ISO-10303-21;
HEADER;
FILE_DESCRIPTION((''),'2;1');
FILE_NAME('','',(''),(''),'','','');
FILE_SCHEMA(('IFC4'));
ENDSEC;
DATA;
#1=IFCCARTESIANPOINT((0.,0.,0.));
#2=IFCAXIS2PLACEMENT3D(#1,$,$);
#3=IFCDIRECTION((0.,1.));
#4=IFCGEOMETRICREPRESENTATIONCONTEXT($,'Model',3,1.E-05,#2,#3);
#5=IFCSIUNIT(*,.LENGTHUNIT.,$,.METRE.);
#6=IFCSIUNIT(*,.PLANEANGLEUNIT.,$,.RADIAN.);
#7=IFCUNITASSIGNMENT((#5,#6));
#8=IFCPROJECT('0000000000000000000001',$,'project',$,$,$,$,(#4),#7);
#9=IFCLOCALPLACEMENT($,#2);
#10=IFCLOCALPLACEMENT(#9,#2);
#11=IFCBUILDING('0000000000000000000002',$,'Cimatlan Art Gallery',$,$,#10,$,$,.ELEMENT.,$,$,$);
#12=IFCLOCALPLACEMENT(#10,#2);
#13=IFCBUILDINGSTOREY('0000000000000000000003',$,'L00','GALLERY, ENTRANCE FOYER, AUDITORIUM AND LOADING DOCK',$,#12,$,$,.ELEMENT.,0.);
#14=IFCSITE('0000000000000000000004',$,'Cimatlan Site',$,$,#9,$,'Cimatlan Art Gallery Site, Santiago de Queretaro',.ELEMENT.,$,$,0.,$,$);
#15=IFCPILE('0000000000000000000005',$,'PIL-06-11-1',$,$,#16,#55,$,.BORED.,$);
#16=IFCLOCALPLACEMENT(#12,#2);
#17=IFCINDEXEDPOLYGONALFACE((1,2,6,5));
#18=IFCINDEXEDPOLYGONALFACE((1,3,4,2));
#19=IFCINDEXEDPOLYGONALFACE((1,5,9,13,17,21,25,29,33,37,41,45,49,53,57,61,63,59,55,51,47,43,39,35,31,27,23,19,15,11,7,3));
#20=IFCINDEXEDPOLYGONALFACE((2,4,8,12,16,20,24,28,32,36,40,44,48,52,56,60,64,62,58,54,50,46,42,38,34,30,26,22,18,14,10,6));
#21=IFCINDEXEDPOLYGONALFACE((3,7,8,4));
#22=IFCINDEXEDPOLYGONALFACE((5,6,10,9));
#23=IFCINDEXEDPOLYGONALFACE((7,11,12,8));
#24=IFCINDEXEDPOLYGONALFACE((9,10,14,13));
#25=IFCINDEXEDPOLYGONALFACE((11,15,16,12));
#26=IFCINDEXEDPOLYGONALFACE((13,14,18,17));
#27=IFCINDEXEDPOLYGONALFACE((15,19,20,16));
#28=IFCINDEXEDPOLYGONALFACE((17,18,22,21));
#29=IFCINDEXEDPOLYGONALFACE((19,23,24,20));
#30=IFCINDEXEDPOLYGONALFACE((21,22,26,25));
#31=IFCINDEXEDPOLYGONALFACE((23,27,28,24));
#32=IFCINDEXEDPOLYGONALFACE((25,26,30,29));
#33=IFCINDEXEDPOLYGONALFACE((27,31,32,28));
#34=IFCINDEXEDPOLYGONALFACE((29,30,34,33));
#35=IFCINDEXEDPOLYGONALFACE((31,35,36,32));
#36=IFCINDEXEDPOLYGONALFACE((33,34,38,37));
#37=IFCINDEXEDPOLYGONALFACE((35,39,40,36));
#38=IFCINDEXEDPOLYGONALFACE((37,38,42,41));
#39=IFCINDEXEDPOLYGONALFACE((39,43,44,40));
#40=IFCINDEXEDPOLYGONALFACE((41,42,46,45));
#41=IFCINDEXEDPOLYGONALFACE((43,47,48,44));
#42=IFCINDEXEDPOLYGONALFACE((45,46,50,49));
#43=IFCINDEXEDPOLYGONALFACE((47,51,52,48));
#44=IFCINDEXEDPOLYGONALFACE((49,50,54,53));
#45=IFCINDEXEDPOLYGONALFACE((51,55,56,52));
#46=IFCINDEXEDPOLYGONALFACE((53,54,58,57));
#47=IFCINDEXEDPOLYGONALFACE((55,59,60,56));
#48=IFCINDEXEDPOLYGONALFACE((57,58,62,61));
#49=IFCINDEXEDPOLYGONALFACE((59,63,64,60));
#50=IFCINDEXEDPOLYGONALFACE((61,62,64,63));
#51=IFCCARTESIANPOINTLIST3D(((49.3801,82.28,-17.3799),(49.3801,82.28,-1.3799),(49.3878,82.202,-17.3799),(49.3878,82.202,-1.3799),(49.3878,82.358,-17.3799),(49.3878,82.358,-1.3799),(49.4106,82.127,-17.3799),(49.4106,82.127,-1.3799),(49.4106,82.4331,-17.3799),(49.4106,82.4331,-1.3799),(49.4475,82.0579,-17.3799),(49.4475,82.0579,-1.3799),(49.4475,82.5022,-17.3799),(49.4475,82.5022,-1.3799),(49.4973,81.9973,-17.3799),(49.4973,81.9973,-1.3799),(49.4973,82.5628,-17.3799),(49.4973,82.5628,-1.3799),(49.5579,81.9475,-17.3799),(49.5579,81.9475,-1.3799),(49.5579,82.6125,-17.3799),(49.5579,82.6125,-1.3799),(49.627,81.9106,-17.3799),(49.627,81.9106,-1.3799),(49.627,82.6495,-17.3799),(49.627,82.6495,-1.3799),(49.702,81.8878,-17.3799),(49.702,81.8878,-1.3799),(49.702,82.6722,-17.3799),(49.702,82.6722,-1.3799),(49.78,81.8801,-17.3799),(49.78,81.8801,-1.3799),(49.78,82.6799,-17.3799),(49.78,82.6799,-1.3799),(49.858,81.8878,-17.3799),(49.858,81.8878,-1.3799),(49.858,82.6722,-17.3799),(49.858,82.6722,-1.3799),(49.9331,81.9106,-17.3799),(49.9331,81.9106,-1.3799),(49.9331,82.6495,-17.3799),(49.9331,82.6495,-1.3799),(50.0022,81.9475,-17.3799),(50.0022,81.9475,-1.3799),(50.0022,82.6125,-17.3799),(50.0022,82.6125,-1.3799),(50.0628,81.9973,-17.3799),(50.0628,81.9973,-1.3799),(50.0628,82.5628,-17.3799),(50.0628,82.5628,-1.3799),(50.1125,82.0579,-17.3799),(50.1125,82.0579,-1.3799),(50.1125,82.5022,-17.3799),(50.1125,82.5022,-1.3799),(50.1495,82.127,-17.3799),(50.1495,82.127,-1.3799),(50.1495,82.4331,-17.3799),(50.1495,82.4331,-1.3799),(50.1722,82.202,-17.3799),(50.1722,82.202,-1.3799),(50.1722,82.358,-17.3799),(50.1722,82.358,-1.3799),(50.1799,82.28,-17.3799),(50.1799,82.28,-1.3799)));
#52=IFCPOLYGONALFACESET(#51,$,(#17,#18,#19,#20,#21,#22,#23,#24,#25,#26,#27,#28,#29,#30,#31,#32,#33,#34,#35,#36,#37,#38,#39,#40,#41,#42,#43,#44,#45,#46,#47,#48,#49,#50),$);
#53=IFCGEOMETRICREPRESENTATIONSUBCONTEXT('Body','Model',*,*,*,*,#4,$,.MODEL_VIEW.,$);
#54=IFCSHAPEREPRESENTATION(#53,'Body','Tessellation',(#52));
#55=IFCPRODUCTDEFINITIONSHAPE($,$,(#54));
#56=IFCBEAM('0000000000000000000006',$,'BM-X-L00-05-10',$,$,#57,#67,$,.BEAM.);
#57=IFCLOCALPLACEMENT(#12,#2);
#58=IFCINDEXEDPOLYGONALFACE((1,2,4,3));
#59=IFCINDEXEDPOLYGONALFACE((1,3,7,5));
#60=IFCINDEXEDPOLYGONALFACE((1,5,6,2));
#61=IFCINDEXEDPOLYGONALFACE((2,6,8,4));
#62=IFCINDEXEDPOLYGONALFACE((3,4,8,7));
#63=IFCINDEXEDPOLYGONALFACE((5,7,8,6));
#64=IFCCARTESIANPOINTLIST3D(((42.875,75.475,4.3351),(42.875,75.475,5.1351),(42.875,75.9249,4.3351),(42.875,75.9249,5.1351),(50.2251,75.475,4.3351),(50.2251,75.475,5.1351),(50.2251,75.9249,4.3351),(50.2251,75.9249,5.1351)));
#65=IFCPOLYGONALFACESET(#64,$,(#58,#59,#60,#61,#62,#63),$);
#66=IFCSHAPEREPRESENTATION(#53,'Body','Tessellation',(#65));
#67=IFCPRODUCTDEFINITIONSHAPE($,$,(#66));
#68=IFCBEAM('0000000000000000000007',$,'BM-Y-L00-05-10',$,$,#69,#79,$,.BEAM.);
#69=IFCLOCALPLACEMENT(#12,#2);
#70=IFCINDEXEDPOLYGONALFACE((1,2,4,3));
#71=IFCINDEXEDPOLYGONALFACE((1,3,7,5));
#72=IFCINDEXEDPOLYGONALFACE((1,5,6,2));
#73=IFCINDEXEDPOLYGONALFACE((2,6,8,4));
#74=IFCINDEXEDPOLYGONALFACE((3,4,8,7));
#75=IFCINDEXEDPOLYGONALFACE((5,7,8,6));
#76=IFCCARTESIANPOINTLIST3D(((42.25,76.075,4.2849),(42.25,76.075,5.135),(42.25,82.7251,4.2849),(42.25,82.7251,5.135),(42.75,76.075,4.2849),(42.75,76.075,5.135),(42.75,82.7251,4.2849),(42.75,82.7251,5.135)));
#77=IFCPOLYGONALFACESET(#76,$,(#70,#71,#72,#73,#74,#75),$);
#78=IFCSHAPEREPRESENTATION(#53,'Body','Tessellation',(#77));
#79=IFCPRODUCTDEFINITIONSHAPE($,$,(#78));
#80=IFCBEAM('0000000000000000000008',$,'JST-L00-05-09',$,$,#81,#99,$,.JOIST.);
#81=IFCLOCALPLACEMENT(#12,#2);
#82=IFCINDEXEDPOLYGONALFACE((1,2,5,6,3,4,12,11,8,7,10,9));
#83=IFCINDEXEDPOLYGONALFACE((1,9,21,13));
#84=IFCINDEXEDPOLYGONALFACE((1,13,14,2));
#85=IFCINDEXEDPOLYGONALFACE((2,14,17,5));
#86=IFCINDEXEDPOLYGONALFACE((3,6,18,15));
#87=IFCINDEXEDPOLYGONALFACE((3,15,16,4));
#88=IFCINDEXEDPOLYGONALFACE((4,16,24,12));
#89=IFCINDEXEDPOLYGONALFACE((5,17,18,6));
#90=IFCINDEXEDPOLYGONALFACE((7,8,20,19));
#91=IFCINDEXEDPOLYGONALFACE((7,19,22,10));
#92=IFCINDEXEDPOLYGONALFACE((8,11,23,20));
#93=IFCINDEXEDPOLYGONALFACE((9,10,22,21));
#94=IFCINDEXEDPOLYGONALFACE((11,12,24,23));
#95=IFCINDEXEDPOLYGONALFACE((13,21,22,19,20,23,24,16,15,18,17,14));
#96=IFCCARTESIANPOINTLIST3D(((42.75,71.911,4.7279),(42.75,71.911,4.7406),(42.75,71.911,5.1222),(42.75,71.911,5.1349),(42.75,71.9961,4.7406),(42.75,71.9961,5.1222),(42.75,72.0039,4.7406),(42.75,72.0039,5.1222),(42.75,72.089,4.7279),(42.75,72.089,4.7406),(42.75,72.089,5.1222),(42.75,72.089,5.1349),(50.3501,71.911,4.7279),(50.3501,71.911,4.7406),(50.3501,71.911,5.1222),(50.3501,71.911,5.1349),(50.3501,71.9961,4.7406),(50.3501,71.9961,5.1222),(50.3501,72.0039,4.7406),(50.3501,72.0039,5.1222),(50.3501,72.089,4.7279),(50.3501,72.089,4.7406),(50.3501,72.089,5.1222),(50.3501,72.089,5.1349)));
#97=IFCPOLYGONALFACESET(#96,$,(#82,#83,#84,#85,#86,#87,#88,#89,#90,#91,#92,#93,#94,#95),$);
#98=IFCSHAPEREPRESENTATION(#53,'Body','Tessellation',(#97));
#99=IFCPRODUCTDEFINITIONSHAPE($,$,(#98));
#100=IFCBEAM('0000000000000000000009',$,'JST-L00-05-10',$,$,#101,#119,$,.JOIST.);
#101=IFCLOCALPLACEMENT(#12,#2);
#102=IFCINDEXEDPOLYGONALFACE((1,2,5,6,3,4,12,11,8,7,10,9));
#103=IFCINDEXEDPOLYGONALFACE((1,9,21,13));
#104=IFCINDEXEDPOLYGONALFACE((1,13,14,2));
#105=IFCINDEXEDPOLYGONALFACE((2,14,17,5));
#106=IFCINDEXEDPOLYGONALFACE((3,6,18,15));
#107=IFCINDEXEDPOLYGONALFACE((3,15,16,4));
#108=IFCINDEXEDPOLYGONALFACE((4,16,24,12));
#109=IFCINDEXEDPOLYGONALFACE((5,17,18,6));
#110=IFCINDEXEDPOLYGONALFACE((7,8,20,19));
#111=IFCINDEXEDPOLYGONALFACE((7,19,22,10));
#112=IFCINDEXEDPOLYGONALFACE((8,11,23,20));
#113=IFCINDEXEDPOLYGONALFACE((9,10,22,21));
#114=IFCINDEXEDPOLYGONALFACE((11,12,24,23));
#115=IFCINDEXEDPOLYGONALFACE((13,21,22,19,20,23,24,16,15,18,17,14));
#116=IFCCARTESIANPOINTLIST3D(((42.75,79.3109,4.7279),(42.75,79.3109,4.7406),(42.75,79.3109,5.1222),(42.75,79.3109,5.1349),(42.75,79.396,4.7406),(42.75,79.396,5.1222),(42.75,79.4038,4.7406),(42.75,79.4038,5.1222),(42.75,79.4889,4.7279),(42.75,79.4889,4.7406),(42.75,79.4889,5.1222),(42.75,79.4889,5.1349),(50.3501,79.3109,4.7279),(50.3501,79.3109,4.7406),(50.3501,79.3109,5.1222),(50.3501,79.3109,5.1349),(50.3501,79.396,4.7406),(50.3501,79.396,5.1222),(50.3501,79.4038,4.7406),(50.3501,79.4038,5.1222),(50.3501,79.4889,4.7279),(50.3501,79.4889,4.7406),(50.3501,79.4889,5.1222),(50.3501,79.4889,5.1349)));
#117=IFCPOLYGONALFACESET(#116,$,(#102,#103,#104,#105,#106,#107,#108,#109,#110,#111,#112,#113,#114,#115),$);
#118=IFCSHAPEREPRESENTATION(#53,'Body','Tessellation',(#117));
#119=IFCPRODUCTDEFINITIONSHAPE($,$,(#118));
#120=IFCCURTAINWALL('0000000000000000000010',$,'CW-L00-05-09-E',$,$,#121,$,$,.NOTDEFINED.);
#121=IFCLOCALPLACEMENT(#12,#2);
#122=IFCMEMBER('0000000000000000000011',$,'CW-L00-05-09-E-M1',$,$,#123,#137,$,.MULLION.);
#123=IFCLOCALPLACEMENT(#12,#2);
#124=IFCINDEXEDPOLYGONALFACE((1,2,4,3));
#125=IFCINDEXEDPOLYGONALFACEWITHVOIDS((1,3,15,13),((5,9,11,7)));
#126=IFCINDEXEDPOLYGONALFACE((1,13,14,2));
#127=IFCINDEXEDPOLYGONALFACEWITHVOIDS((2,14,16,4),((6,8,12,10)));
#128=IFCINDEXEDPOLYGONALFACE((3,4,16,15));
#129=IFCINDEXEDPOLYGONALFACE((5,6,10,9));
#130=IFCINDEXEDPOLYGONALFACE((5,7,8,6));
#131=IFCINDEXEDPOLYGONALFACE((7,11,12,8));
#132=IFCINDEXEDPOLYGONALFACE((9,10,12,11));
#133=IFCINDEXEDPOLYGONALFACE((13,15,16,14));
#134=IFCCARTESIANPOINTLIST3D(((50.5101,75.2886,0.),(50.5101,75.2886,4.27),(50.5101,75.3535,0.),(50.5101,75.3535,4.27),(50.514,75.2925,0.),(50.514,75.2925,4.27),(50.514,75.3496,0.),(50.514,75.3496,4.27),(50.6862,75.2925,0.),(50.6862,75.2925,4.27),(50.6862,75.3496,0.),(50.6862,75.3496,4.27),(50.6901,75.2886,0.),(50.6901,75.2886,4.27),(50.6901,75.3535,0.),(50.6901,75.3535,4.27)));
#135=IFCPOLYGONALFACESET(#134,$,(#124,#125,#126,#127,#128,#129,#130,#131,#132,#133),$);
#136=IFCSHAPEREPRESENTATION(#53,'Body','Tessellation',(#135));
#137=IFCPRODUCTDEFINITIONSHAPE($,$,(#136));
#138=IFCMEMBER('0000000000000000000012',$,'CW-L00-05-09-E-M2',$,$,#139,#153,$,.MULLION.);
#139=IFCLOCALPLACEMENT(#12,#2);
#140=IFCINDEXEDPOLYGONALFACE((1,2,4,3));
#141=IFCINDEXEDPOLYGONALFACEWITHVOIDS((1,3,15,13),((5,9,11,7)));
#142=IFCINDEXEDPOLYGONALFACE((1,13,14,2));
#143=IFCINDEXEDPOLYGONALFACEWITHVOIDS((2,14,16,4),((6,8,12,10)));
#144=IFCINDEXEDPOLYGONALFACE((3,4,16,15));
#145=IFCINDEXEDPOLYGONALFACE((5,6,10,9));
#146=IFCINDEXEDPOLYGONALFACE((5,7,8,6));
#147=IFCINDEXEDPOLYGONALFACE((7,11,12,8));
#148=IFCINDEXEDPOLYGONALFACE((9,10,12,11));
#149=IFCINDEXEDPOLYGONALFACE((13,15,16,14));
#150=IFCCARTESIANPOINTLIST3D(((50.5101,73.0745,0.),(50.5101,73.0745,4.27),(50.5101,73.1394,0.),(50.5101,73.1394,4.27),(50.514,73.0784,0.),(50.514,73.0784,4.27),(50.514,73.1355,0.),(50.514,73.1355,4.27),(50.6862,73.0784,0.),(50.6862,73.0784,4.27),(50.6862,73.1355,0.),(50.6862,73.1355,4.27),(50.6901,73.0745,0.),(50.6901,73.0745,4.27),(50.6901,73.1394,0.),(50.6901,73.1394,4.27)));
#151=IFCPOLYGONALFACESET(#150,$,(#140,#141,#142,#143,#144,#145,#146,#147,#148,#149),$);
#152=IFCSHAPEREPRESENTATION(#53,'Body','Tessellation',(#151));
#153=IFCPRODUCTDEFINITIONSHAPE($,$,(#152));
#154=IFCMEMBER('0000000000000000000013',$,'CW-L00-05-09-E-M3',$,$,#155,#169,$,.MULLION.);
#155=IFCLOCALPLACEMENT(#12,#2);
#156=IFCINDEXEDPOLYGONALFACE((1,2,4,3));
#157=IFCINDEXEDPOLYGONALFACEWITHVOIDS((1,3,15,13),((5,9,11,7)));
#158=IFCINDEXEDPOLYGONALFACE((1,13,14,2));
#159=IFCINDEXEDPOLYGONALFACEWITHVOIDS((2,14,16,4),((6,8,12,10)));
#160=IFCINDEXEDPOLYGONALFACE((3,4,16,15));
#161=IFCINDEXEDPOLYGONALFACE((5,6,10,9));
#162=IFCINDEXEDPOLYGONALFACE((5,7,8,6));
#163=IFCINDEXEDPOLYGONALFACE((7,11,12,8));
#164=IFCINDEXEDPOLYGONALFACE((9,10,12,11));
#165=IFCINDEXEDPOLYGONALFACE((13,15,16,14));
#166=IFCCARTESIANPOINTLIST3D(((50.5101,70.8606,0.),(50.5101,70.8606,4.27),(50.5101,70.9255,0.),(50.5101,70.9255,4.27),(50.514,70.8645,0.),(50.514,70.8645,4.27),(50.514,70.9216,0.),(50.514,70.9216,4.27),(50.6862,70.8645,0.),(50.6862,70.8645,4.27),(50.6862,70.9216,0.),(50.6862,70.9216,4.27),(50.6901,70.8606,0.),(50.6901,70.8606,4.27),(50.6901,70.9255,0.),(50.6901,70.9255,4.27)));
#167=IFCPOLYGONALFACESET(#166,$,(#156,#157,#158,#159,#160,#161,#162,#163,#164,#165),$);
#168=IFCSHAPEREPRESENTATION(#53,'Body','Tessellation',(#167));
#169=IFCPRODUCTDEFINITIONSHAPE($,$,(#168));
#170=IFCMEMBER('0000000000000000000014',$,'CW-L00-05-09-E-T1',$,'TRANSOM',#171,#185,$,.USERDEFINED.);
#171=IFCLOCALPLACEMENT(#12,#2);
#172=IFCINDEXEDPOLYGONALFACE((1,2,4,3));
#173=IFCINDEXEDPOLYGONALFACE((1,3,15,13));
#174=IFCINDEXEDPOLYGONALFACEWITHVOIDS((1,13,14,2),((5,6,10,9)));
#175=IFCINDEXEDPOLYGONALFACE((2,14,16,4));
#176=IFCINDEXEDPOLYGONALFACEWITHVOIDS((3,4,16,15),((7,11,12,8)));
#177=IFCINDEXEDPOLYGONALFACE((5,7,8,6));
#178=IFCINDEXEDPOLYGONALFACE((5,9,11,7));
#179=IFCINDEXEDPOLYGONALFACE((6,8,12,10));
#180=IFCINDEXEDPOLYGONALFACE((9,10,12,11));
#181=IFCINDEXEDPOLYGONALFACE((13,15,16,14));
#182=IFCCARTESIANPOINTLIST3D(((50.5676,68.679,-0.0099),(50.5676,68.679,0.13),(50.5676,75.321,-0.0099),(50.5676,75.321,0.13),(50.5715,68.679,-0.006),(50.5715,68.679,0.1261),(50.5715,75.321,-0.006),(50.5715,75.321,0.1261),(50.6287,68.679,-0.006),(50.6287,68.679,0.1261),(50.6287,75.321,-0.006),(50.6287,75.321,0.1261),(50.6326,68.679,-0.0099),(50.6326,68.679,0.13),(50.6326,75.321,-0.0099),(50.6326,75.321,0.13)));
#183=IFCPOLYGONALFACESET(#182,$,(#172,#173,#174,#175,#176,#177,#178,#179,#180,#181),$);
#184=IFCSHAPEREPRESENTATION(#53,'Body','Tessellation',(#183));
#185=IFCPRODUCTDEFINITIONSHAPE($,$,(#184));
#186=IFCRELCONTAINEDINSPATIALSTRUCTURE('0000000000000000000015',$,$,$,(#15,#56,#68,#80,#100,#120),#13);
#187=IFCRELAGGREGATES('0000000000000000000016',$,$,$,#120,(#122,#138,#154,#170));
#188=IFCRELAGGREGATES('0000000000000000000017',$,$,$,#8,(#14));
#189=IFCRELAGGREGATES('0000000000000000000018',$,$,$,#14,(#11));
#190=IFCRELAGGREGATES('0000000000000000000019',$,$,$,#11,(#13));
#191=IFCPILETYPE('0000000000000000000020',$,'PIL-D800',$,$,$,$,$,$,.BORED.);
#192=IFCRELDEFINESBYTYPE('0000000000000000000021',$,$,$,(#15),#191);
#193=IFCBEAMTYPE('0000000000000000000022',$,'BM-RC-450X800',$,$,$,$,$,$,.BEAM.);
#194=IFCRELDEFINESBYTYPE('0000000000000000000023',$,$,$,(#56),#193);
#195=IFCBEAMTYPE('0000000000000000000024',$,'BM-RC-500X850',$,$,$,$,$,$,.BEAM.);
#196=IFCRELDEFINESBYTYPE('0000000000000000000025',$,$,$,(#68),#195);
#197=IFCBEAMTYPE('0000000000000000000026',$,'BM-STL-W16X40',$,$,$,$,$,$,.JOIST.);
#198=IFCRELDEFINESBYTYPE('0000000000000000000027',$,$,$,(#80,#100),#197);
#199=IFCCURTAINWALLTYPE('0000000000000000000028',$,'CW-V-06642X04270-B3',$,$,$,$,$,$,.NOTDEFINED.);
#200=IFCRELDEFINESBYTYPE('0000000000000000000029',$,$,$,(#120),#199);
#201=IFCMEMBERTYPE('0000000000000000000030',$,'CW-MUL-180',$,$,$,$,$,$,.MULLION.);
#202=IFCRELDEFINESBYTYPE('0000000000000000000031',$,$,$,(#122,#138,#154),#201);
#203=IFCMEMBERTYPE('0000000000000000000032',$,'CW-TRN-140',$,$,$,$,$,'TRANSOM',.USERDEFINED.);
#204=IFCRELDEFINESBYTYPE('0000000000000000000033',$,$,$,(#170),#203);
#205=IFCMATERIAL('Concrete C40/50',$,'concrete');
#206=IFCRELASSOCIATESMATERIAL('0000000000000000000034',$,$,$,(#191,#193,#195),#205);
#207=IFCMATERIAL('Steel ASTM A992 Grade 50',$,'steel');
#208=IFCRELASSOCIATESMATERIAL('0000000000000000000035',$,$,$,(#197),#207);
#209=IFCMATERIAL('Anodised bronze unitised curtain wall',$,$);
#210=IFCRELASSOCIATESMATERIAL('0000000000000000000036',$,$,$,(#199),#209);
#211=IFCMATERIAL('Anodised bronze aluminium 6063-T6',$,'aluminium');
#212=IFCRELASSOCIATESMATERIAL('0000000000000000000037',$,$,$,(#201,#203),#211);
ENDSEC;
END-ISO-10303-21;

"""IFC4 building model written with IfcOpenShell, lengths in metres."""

from ifc_helpers import new_model, si_unit, direction, frame, origin, origin_2d, place, context, subcontext, project, spatial, rectangle, hollow_rectangle, circle, i_section, extrude, material, material_profile, profile_set, type_object, element, aggregate, save


model = new_model("IFC4")

# Units and contexts
model_context = context("Model", 3, precision=1e-05, world=origin(), true_north=direction((0.0, 1.0)))
body_context = subcontext(model_context, "Body", "Model", "MODEL_VIEW")
ifc_project = project(units=[si_unit("LENGTHUNIT", "METRE"), si_unit("PLANEANGLEUNIT", "RADIAN")], contexts=[model_context])

# Site, building, storey
site_placement = place(None, origin())
site = spatial("IfcSite", under=ifc_project, at=site_placement, Name="Cimatlan Site", LongName="Cimatlan Art Gallery Site, Santiago de Queretaro", CompositionType="ELEMENT", RefElevation=0.0)
building_placement = place(site_placement, origin())
building = spatial("IfcBuilding", under=site, at=building_placement, Name="Cimatlan Art Gallery", CompositionType="ELEMENT")
storey_placement = place(building_placement, origin())
storey = spatial("IfcBuildingStorey", under=building, at=storey_placement, Name="L00", Description="GALLERY, ENTRANCE FOYER, AUDITORIUM AND LOADING DOCK", CompositionType="ELEMENT", Elevation=0.0)

# Pile
ifc_material_1 = material(Name="Concrete C40/50", Category="concrete")
pile_type = type_object("IfcPileType", Name="PIL-D800", PredefinedType="BORED", material=ifc_material_1)
for number, where, z_axis, x_axis, name in (
    (1, (49.78, 82.28, -1.3799), (0.0, 0.0, -1.0), (1.0, 0.0, 0.0), "PIL-06-11-1"),
):
    element("IfcPile", number, at=place(storey_placement, frame(where, z_axis=z_axis, x_axis=x_axis)), inside=storey, type_object=pile_type, Name=name, PredefinedType="BORED", context=body_context, shape_type="SweptSolid", body=[
        extrude(circle(Radius=0.3999, at=origin_2d()), origin(), (0.0, 0.0, 1.0), 16.0),
    ])

# Beams
ifc_material_profile_1 = material_profile(ifc_material_1, rectangle(XDim=0.45, YDim=0.8, at=origin_2d()), Name="RC450X800")
ifc_profile_set_1 = profile_set([ifc_material_profile_1], Name="Concrete C40/50")
beam_type_1 = type_object("IfcBeamType", Name="BM-RC-450X800", PredefinedType="BEAM", material=ifc_profile_set_1)
beam_1_placement = place(storey_placement, frame((42.875, 75.7, 4.7351), z_axis=(1.0, 0.0, 0.0), x_axis=(0.0, 1.0, 0.0)))
element("IfcBeam", 2, at=beam_1_placement, inside=storey, type_object=beam_type_1, Name="BM-X-L00-05-10", PredefinedType="BEAM", context=body_context, shape_type="SweptSolid", body=[
    extrude(rectangle(XDim=0.45, YDim=0.8, at=origin_2d()), origin(), (0.0, 0.0, 1.0), 7.3501),
])
ifc_material_profile_2 = material_profile(ifc_material_1, rectangle(XDim=0.5, YDim=0.8501, at=origin_2d()), Name="RC500X850")
ifc_profile_set_2 = profile_set([ifc_material_profile_2], Name="Concrete C40/50")
beam_type_2 = type_object("IfcBeamType", Name="BM-RC-500X850", PredefinedType="BEAM", material=ifc_profile_set_2)
beam_2_placement = place(storey_placement, frame((42.5, 76.075, 4.71), z_axis=(0.0, 1.0, 0.0), x_axis=(-1.0, 0.0, 0.0)))
element("IfcBeam", 3, at=beam_2_placement, inside=storey, type_object=beam_type_2, Name="BM-Y-L00-05-10", PredefinedType="BEAM", context=body_context, shape_type="SweptSolid", body=[
    extrude(rectangle(XDim=0.5, YDim=0.8501, at=origin_2d()), origin(), (0.0, 0.0, 1.0), 6.6501),
])
ifc_material_2 = material(Name="Steel ASTM A992 Grade 50", Category="steel")
ifc_material_profile_3 = material_profile(ifc_material_2, i_section(OverallWidth=0.178, OverallDepth=0.407, WebThickness=0.0078, FlangeThickness=0.0127, at=origin_2d()), Name="W16X40")
ifc_profile_set_3 = profile_set([ifc_material_profile_3], Name="Steel ASTM A992 Grade 50")
beam_type_3 = type_object("IfcBeamType", Name="BM-STL-W16X40", PredefinedType="JOIST", material=ifc_profile_set_3)
for number, where, z_axis, x_axis, name in (
    (4, (42.75, 72.0, 4.9314), (1.0, 0.0, 0.0), (0.0, 1.0, 0.0), "JST-L00-05-09"),
    (5, (42.75, 79.3999, 4.9314), (1.0, 0.0, 0.0), (0.0, 1.0, 0.0), "JST-L00-05-10"),
):
    element("IfcBeam", number, at=place(storey_placement, frame(where, z_axis=z_axis, x_axis=x_axis)), inside=storey, type_object=beam_type_3, Name=name, PredefinedType="JOIST", context=body_context, shape_type="SweptSolid", body=[
        extrude(i_section(OverallWidth=0.178, OverallDepth=0.407, WebThickness=0.0078, FlangeThickness=0.0127, at=origin_2d()), origin(), (0.0, 0.0, 1.0), 7.6001),
    ])

# Curtain wall, members
ifc_material_3 = material(Name="Anodised bronze unitised curtain wall")
curtain_wall_type = type_object("IfcCurtainWallType", Name="CW-V-06642X04270-B3", PredefinedType="NOTDEFINED", material=ifc_material_3)
curtain_wall_placement = place(storey_placement, origin())
curtain_wall = element("IfcCurtainWall", 6, at=curtain_wall_placement, inside=storey, type_object=curtain_wall_type, Name="CW-L00-05-09-E", PredefinedType="NOTDEFINED")
ifc_material_4 = material(Name="Anodised bronze aluminium 6063-T6", Category="aluminium")
ifc_material_profile_4 = material_profile(ifc_material_4, hollow_rectangle(XDim=0.0649, YDim=0.1799, WallThickness=0.0039, at=origin_2d()), Name="ALU65X180X4")
ifc_profile_set_4 = profile_set([ifc_material_profile_4], Name="Anodised bronze aluminium 6063-T6")
member_type_1 = type_object("IfcMemberType", Name="CW-MUL-180", PredefinedType="MULLION", material=ifc_profile_set_4)
member_1_placement = place(storey_placement, frame((50.6001, 75.321, 0.0), z_axis=(0.0, 0.0, 1.0), x_axis=(0.0, 1.0, 0.0)))
member_1 = element("IfcMember", 7, at=member_1_placement, type_object=member_type_1, Name="CW-L00-05-09-E-M1", PredefinedType="MULLION", context=body_context, shape_type="SweptSolid", body=[
    extrude(hollow_rectangle(XDim=0.0649, YDim=0.1799, WallThickness=0.0039, at=origin_2d()), origin(), (0.0, 0.0, 1.0), 4.27),
])
member_2_placement = place(storey_placement, frame((50.6001, 73.1069, 0.0), z_axis=(0.0, 0.0, 1.0), x_axis=(0.0, 1.0, 0.0)))
member_2 = element("IfcMember", 8, at=member_2_placement, type_object=member_type_1, Name="CW-L00-05-09-E-M2", PredefinedType="MULLION", context=body_context, shape_type="SweptSolid", body=[
    extrude(hollow_rectangle(XDim=0.0649, YDim=0.1799, WallThickness=0.0039, at=origin_2d()), origin(), (0.0, 0.0, 1.0), 4.27),
])
member_3_placement = place(storey_placement, frame((50.6001, 70.8931, 0.0), z_axis=(0.0, 0.0, 1.0), x_axis=(0.0, 1.0, 0.0)))
member_3 = element("IfcMember", 9, at=member_3_placement, type_object=member_type_1, Name="CW-L00-05-09-E-M3", PredefinedType="MULLION", context=body_context, shape_type="SweptSolid", body=[
    extrude(hollow_rectangle(XDim=0.0649, YDim=0.1799, WallThickness=0.0039, at=origin_2d()), origin(), (0.0, 0.0, 1.0), 4.27),
])
ifc_material_profile_5 = material_profile(ifc_material_4, hollow_rectangle(XDim=0.0649, YDim=0.1399, WallThickness=0.0039, at=origin_2d()), Name="ALU65X140X4")
ifc_profile_set_5 = profile_set([ifc_material_profile_5], Name="Anodised bronze aluminium 6063-T6")
member_type_2 = type_object("IfcMemberType", Name="CW-TRN-140", ElementType="TRANSOM", PredefinedType="USERDEFINED", material=ifc_profile_set_5)
member_4_placement = place(storey_placement, frame((50.6001, 75.321, 0.0601), z_axis=(0.0, -1.0, 0.0), x_axis=(1.0, 0.0, 0.0)))
member_4 = element("IfcMember", 10, at=member_4_placement, type_object=member_type_2, Name="CW-L00-05-09-E-T1", ObjectType="TRANSOM", PredefinedType="USERDEFINED", context=body_context, shape_type="SweptSolid", body=[
    extrude(hollow_rectangle(XDim=0.0649, YDim=0.1399, WallThickness=0.0039, at=origin_2d()), origin(), (0.0, 0.0, 1.0), 6.6421),
])
aggregate(curtain_wall, [member_1, member_2, member_3, member_4])

save(model, "model.ifc")
